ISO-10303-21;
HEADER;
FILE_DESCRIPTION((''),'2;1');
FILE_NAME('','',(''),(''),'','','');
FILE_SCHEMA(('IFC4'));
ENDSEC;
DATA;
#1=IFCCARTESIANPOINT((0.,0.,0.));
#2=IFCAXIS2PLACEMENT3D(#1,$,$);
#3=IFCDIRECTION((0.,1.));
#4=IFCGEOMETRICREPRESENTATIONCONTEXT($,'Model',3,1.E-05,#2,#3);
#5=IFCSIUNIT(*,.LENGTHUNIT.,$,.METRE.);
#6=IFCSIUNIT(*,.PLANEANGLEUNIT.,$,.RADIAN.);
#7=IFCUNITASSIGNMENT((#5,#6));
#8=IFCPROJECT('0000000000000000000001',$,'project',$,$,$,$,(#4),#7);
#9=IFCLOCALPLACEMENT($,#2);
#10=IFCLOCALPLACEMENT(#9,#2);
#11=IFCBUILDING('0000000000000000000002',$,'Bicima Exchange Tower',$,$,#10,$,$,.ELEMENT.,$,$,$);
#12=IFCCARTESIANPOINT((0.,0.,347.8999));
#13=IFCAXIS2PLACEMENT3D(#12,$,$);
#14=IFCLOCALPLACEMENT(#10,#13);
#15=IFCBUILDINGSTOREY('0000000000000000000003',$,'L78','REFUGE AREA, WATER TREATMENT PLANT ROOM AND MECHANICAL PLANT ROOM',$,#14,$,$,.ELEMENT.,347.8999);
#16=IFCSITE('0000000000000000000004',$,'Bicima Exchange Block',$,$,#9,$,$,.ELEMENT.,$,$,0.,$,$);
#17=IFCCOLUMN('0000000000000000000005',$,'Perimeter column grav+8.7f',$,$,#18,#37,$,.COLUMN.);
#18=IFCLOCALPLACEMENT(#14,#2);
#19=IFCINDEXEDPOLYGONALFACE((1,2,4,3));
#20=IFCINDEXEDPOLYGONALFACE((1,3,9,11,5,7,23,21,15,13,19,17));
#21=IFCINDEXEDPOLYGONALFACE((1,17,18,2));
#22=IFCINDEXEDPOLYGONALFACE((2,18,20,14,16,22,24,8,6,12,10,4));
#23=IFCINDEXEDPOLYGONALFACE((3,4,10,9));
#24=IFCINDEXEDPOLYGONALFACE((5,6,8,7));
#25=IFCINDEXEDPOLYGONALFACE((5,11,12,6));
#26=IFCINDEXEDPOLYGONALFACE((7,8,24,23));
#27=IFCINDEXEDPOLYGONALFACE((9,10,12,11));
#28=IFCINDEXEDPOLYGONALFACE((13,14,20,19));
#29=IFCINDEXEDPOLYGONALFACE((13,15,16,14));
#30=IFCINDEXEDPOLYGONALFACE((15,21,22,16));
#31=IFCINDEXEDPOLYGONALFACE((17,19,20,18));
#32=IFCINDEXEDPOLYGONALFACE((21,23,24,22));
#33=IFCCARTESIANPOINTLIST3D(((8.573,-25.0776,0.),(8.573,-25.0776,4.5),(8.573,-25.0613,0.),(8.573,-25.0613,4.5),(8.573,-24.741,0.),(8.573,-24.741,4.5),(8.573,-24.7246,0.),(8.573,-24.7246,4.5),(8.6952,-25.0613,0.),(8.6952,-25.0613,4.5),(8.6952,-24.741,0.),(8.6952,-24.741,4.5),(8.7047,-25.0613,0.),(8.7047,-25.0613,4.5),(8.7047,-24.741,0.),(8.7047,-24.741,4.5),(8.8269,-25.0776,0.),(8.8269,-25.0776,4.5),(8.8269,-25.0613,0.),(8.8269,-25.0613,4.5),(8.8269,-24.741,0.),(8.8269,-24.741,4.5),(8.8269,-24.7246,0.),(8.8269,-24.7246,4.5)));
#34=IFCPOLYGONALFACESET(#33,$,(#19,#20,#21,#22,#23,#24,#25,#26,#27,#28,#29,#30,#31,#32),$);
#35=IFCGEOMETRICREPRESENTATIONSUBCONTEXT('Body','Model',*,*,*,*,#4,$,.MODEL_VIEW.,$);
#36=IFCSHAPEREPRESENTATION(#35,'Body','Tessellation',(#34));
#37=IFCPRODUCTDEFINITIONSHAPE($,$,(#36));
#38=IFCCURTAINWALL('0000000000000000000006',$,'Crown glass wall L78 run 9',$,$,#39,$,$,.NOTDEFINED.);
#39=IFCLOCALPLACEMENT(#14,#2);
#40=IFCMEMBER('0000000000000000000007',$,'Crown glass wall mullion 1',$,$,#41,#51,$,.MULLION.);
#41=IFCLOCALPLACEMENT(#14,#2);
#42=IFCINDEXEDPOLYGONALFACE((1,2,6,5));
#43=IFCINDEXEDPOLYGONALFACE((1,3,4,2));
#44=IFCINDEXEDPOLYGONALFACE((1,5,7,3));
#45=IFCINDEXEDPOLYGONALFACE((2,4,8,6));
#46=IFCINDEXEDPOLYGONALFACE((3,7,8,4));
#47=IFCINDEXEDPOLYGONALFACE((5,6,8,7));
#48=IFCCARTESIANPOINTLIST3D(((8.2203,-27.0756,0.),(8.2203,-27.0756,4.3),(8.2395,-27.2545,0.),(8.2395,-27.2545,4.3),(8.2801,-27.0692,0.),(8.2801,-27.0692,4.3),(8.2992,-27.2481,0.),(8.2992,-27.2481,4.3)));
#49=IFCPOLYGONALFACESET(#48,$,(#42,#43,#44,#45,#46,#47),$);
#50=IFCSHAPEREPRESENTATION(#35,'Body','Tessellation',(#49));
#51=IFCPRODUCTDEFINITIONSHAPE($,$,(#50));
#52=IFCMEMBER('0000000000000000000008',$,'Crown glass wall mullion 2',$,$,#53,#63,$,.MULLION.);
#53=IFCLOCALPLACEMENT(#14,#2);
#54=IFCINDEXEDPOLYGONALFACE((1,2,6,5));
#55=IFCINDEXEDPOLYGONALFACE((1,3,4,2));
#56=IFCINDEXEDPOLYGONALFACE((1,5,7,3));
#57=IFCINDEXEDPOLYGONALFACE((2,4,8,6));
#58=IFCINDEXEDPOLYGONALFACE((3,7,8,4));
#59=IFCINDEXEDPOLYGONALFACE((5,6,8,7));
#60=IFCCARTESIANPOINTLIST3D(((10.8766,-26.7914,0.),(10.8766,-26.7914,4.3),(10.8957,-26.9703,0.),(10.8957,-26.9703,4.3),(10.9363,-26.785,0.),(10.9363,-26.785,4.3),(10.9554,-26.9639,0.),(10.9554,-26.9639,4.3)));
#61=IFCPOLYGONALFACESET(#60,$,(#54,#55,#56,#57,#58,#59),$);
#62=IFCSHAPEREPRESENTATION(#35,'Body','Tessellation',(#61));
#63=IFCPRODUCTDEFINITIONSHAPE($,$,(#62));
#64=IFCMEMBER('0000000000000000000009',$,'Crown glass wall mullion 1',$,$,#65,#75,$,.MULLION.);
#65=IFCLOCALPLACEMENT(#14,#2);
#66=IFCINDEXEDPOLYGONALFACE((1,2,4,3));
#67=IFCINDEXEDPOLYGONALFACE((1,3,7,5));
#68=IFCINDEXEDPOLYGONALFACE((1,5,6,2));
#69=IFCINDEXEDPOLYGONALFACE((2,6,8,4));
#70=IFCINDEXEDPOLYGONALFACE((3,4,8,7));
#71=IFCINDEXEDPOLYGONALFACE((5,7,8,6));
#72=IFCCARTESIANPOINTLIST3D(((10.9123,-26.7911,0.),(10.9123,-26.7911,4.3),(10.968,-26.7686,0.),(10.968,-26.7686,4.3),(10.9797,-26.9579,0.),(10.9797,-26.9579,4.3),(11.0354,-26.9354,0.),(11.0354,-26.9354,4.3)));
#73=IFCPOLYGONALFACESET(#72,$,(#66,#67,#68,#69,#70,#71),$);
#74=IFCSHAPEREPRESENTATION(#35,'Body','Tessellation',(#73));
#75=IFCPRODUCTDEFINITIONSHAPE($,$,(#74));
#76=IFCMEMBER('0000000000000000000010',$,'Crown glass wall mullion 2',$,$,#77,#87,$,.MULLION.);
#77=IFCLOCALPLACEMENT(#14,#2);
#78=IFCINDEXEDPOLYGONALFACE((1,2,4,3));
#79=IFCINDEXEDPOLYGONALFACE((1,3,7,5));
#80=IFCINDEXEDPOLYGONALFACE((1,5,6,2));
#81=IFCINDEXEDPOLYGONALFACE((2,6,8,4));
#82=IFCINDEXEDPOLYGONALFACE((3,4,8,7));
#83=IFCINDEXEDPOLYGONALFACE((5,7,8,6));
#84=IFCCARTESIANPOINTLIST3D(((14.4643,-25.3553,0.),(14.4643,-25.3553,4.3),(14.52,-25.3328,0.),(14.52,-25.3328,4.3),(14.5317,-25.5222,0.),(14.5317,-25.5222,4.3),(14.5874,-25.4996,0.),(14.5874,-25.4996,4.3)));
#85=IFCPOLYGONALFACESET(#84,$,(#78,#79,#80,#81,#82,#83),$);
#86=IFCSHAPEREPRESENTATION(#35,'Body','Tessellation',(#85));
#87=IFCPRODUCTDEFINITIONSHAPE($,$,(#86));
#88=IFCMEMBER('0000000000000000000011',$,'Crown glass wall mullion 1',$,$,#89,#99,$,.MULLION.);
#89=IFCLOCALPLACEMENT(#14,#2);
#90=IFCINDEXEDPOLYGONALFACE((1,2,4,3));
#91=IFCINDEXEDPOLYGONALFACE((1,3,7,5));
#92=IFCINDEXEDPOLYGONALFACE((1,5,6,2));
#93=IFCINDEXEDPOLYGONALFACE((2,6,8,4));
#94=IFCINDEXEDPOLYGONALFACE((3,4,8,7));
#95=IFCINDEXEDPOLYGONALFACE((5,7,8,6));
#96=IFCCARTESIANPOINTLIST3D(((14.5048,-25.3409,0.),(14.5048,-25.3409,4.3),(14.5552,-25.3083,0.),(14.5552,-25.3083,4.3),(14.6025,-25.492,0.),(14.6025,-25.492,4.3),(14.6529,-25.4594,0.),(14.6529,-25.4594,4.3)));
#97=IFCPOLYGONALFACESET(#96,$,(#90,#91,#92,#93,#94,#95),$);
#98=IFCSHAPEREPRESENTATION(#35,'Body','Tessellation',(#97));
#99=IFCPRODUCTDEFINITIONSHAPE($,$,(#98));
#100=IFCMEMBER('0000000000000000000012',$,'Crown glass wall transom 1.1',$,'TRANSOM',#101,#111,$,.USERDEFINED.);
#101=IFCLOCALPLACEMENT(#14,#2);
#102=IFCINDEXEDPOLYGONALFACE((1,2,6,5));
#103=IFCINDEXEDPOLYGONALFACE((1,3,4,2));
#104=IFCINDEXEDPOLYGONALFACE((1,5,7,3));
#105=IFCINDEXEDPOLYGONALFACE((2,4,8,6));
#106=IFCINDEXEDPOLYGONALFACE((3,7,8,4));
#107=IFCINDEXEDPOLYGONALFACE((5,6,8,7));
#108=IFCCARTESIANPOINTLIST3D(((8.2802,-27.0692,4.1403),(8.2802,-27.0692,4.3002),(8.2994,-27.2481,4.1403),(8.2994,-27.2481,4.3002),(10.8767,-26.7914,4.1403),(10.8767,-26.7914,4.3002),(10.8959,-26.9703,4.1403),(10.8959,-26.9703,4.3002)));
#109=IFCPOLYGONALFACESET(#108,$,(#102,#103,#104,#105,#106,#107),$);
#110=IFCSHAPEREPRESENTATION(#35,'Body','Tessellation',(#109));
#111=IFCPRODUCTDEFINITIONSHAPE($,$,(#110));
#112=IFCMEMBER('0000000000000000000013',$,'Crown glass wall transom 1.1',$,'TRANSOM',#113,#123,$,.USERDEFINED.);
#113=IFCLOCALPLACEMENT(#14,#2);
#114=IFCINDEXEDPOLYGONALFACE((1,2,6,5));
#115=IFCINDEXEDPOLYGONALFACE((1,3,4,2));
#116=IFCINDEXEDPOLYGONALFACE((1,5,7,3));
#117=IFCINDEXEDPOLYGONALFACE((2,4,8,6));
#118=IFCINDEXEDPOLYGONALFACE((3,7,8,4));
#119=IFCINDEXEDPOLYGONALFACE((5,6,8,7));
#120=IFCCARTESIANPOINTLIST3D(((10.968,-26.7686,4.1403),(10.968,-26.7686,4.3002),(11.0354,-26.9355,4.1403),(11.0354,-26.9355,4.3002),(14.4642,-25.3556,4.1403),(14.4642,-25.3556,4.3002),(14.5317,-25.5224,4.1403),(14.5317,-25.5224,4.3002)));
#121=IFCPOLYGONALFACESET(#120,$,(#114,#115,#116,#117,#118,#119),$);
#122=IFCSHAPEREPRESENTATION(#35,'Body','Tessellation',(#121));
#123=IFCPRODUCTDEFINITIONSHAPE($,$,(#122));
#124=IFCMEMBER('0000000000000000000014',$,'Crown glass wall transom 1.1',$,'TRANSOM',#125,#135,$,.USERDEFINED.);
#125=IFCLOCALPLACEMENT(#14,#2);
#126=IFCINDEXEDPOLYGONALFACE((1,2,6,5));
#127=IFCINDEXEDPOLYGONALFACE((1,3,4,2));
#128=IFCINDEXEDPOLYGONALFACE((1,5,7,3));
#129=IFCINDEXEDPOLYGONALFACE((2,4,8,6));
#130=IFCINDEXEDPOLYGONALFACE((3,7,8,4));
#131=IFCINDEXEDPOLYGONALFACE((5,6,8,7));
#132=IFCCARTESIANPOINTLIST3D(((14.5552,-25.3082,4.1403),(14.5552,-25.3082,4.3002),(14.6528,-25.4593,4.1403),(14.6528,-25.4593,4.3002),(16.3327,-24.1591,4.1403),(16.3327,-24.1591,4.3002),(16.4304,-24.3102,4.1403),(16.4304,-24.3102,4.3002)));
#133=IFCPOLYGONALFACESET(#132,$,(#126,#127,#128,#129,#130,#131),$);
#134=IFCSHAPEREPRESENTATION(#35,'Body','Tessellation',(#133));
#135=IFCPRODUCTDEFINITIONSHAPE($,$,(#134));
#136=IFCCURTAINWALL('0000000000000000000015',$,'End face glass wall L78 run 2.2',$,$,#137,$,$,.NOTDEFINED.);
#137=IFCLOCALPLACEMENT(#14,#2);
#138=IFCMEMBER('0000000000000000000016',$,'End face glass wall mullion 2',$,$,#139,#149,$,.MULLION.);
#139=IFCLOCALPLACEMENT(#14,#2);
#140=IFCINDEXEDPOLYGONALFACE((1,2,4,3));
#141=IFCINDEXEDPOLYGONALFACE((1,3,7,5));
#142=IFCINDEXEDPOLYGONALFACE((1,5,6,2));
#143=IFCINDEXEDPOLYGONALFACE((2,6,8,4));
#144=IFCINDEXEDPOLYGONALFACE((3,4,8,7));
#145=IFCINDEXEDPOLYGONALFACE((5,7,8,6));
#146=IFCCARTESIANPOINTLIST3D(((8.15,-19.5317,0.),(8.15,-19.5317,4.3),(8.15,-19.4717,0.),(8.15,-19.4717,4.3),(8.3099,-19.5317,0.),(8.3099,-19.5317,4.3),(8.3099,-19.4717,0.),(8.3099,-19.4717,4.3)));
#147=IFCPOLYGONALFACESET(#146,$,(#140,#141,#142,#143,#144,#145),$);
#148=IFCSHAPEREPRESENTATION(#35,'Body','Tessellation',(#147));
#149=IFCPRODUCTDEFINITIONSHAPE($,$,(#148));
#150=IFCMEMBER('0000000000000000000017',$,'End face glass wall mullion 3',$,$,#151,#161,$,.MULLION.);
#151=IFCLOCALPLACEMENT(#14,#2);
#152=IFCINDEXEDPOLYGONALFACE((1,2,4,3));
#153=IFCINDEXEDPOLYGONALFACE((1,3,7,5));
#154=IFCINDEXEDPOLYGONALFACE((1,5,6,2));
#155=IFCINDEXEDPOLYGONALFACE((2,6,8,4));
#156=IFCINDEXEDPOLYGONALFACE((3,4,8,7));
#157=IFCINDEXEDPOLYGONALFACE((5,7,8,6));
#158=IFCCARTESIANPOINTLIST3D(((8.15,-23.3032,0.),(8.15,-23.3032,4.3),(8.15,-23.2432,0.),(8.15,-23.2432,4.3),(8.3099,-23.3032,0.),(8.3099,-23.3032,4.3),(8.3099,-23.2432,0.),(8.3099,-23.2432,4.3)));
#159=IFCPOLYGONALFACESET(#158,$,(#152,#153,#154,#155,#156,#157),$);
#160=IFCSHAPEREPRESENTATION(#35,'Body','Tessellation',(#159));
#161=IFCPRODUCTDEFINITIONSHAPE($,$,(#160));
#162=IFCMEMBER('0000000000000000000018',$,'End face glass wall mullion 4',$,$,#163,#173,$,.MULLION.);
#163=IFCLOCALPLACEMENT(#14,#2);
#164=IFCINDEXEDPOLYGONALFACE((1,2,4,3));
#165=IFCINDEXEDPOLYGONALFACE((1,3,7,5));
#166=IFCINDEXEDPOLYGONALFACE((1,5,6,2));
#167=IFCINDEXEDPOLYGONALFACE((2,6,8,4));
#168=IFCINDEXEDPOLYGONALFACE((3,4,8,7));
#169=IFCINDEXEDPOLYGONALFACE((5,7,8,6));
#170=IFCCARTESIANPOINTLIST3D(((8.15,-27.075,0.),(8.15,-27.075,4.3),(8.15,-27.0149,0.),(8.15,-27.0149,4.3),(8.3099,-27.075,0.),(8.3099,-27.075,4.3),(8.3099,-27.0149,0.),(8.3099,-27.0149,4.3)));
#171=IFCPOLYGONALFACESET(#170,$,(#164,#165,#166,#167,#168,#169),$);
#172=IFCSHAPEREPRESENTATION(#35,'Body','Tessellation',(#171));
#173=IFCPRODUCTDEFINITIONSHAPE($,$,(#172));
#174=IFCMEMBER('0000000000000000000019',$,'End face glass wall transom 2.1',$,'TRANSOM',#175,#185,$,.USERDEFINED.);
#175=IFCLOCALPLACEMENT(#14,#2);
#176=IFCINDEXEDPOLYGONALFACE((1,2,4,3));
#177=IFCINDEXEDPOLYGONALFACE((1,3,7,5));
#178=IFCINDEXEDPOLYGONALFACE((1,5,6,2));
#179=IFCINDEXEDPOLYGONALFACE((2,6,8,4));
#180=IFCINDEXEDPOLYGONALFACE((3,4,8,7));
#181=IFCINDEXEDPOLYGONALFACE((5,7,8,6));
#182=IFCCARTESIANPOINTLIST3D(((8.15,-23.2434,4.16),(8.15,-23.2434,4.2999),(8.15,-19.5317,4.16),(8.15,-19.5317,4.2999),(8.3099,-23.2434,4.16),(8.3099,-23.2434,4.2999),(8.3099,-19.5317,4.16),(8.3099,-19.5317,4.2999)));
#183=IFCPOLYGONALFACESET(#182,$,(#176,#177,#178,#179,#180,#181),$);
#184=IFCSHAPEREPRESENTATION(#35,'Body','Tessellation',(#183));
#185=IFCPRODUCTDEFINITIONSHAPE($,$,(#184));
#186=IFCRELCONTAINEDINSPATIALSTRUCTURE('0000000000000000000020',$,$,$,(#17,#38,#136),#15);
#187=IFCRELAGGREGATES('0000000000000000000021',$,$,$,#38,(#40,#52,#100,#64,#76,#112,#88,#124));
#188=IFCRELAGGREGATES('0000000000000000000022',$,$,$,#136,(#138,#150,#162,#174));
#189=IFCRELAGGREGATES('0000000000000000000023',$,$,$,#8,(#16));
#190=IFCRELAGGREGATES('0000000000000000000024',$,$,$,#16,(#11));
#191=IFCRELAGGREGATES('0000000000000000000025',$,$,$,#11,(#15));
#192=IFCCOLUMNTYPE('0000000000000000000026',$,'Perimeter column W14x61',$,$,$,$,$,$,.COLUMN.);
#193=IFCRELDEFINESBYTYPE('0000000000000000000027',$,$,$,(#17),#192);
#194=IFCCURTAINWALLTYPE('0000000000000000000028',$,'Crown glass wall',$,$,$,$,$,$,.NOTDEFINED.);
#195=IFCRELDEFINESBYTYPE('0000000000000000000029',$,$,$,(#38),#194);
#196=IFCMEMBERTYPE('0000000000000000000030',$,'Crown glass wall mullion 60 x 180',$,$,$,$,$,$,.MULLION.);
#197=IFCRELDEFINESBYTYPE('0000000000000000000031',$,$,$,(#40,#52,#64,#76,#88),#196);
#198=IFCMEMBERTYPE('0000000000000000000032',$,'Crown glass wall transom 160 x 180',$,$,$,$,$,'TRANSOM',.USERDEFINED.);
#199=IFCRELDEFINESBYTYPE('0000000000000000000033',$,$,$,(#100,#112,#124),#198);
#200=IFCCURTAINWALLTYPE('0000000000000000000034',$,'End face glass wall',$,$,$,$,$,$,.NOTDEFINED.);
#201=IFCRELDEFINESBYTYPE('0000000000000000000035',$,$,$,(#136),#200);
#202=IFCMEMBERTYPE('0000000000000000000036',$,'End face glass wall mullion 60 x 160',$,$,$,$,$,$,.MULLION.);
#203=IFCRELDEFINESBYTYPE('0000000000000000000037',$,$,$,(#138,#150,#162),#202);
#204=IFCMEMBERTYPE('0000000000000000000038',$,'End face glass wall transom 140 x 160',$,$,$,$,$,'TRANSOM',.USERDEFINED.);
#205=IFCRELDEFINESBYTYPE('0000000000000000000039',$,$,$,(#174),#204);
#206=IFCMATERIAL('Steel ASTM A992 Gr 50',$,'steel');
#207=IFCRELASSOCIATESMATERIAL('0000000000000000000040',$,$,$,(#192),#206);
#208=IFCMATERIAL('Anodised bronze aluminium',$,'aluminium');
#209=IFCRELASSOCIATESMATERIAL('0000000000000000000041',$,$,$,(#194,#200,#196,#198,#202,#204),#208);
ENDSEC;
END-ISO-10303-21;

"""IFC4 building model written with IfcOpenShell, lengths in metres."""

from ifc_helpers import new_model, si_unit, direction, frame, origin, origin_2d, place, context, subcontext, project, spatial, rectangle, i_section, extrude, material, material_profile, profile_set, type_object, element, aggregate, save


model = new_model("IFC4")

# Units and contexts
model_context = context("Model", 3, precision=1e-05, world=origin(), true_north=direction((0.0, 1.0)))
body_context = subcontext(model_context, "Body", "Model", "MODEL_VIEW")
ifc_project = project(units=[si_unit("LENGTHUNIT", "METRE"), si_unit("PLANEANGLEUNIT", "RADIAN")], contexts=[model_context])

# Site, building, storey
site_placement = place(None, origin())
site = spatial("IfcSite", under=ifc_project, at=site_placement, Name="Bicima Exchange Block", CompositionType="ELEMENT", RefElevation=0.0)
building_placement = place(site_placement, origin())
building = spatial("IfcBuilding", under=site, at=building_placement, Name="Bicima Exchange Tower", CompositionType="ELEMENT")
storey_placement = place(building_placement, frame((0.0, 0.0, 347.8999)))
storey = spatial("IfcBuildingStorey", under=building, at=storey_placement, Name="L78", Description="REFUGE AREA, WATER TREATMENT PLANT ROOM AND MECHANICAL PLANT ROOM", CompositionType="ELEMENT", Elevation=347.8999)

# Column
ifc_material_1 = material(Name="Steel ASTM A992 Gr 50", Category="steel")
ifc_material_profile_1 = material_profile(ifc_material_1, i_section(OverallWidth=0.2539, OverallDepth=0.353, WebThickness=0.0095, FlangeThickness=0.0164, at=origin_2d()))
ifc_profile_set_1 = profile_set([ifc_material_profile_1], Name="Steel ASTM A992 Gr 50")
column_type = type_object("IfcColumnType", Name="Perimeter column W14x61", PredefinedType="COLUMN", material=ifc_profile_set_1)
column_placement = place(storey_placement, frame((8.7, -24.9011, 0.0), z_axis=(0.0, 0.0, 1.0), x_axis=(1.0, 0.0, 0.0)))
element("IfcColumn", 1, at=column_placement, inside=storey, type_object=column_type, Name="Perimeter column grav+8.7f", PredefinedType="COLUMN", context=body_context, shape_type="SweptSolid", body=[
    extrude(i_section(OverallWidth=0.2539, OverallDepth=0.353, WebThickness=0.0095, FlangeThickness=0.0164, at=origin_2d()), origin(), (0.0, 0.0, 1.0), 4.5),
])

# Curtain walls, members
ifc_material_2 = material(Name="Anodised bronze aluminium", Category="aluminium")
curtain_wall_type_1 = type_object("IfcCurtainWallType", Name="Crown glass wall", PredefinedType="NOTDEFINED", material=ifc_material_2)
curtain_wall_1_placement = place(storey_placement, origin())
curtain_wall_1 = element("IfcCurtainWall", 2, at=curtain_wall_1_placement, inside=storey, type_object=curtain_wall_type_1, Name="Crown glass wall L78 run 9", PredefinedType="NOTDEFINED")
ifc_material_profile_2 = material_profile(ifc_material_2, rectangle(XDim=0.1799, YDim=0.0601, at=origin_2d()))
ifc_profile_set_2 = profile_set([ifc_material_profile_2], Name="Anodised bronze aluminium")
member_type_1 = type_object("IfcMemberType", Name="Crown glass wall mullion 60 x 180", PredefinedType="MULLION", material=ifc_profile_set_2)
member_1_placement = place(storey_placement, frame((8.2598, -27.1619, 0.0), z_axis=(0.0, 0.0, 1.0), x_axis=(-0.106372, 0.994326, 0.0)))
member_1 = element("IfcMember", 3, at=member_1_placement, type_object=member_type_1, Name="Crown glass wall mullion 1", PredefinedType="MULLION", context=body_context, shape_type="SweptSolid", body=[
    extrude(rectangle(XDim=0.1799, YDim=0.0601, at=origin_2d()), origin(), (0.0, 0.0, 1.0), 4.3),
])
member_2_placement = place(storey_placement, frame((10.916, -26.8777, 0.0), z_axis=(0.0, 0.0, 1.0), x_axis=(-0.106372, 0.994326, 0.0)))
member_2 = element("IfcMember", 4, at=member_2_placement, type_object=member_type_1, Name="Crown glass wall mullion 2", PredefinedType="MULLION", context=body_context, shape_type="SweptSolid", body=[
    extrude(rectangle(XDim=0.1799, YDim=0.0601, at=origin_2d()), origin(), (0.0, 0.0, 1.0), 4.3),
])
member_3_placement = place(storey_placement, frame((10.9739, -26.8633, 0.0), z_axis=(0.0, 0.0, 1.0), x_axis=(-0.374705, 0.927144, 0.0)))
member_3 = element("IfcMember", 5, at=member_3_placement, type_object=member_type_1, Name="Crown glass wall mullion 1", PredefinedType="MULLION", context=body_context, shape_type="SweptSolid", body=[
    extrude(rectangle(XDim=0.1799, YDim=0.0601, at=origin_2d()), origin(), (0.0, 0.0, 1.0), 4.3),
])
member_4_placement = place(storey_placement, frame((14.5259, -25.4275, 0.0), z_axis=(0.0, 0.0, 1.0), x_axis=(-0.374705, 0.927144, 0.0)))
member_4 = element("IfcMember", 6, at=member_4_placement, type_object=member_type_1, Name="Crown glass wall mullion 2", PredefinedType="MULLION", context=body_context, shape_type="SweptSolid", body=[
    extrude(rectangle(XDim=0.1799, YDim=0.0601, at=origin_2d()), origin(), (0.0, 0.0, 1.0), 4.3),
])
member_5_placement = place(storey_placement, frame((14.5789, -25.4001, 0.0), z_axis=(0.0, 0.0, 1.0), x_axis=(-0.542911, 0.83979, 0.0)))
member_5 = element("IfcMember", 7, at=member_5_placement, type_object=member_type_1, Name="Crown glass wall mullion 1", PredefinedType="MULLION", context=body_context, shape_type="SweptSolid", body=[
    extrude(rectangle(XDim=0.1799, YDim=0.0601, at=origin_2d()), origin(), (0.0, 0.0, 1.0), 4.3),
])
ifc_material_profile_3 = material_profile(ifc_material_2, rectangle(XDim=0.1799, YDim=0.1599, at=origin_2d()))
ifc_profile_set_3 = profile_set([ifc_material_profile_3], Name="Anodised bronze aluminium")
member_type_2 = type_object("IfcMemberType", Name="Crown glass wall transom 160 x 180", ElementType="TRANSOM", PredefinedType="USERDEFINED", material=ifc_profile_set_3)
member_6_placement = place(storey_placement, frame((8.2898, -27.1587, 4.2202), z_axis=(0.994324, 0.106398, 0.0), x_axis=(-0.106398, 0.994324, 0.0)))
member_6 = element("IfcMember", 8, at=member_6_placement, type_object=member_type_2, Name="Crown glass wall transom 1.1", ObjectType="TRANSOM", PredefinedType="USERDEFINED", context=body_context, shape_type="SweptSolid", body=[
    extrude(rectangle(XDim=0.1799, YDim=0.1599, at=origin_2d()), origin(), (0.0, 0.0, 1.0), 2.6113),
])
member_7_placement = place(storey_placement, frame((11.0017, -26.8521, 4.2202), z_axis=(0.92714, 0.374715, 0.0), x_axis=(-0.374715, 0.92714, 0.0)))
member_7 = element("IfcMember", 9, at=member_7_placement, type_object=member_type_2, Name="Crown glass wall transom 1.1", ObjectType="TRANSOM", PredefinedType="USERDEFINED", context=body_context, shape_type="SweptSolid", body=[
    extrude(rectangle(XDim=0.1799, YDim=0.1599, at=origin_2d()), origin(), (0.0, 0.0, 1.0), 3.771),
])
member_8_placement = place(storey_placement, frame((14.604, -25.3838, 4.2202), z_axis=(0.839793, 0.542907, 0.0), x_axis=(-0.542907, 0.839793, 0.0)))
member_8 = element("IfcMember", 10, at=member_8_placement, type_object=member_type_2, Name="Crown glass wall transom 1.1", ObjectType="TRANSOM", PredefinedType="USERDEFINED", context=body_context, shape_type="SweptSolid", body=[
    extrude(rectangle(XDim=0.1799, YDim=0.1599, at=origin_2d()), origin(), (0.0, 0.0, 1.0), 2.1167),
])
curtain_wall_type_2 = type_object("IfcCurtainWallType", Name="End face glass wall", PredefinedType="NOTDEFINED", material=ifc_material_2)
curtain_wall_2_placement = place(storey_placement, origin())
curtain_wall_2 = element("IfcCurtainWall", 11, at=curtain_wall_2_placement, inside=storey, type_object=curtain_wall_type_2, Name="End face glass wall L78 run 2.2", PredefinedType="NOTDEFINED")
ifc_material_profile_4 = material_profile(ifc_material_2, rectangle(XDim=0.1599, YDim=0.0601, at=origin_2d()))
ifc_profile_set_4 = profile_set([ifc_material_profile_4], Name="Anodised bronze aluminium")
member_type_3 = type_object("IfcMemberType", Name="End face glass wall mullion 60 x 160", PredefinedType="MULLION", material=ifc_profile_set_4)
member_9_placement = place(storey_placement, frame((8.23, -19.5017, 0.0), z_axis=(0.0, 0.0, 1.0), x_axis=(1.0, 0.0, 0.0)))
member_9 = element("IfcMember", 12, at=member_9_placement, type_object=member_type_3, Name="End face glass wall mullion 2", PredefinedType="MULLION", context=body_context, shape_type="SweptSolid", body=[
    extrude(rectangle(XDim=0.1599, YDim=0.0601, at=origin_2d()), origin(), (0.0, 0.0, 1.0), 4.3),
])
member_10_placement = place(storey_placement, frame((8.23, -23.2732, 0.0), z_axis=(0.0, 0.0, 1.0), x_axis=(1.0, 0.0, 0.0)))
member_10 = element("IfcMember", 13, at=member_10_placement, type_object=member_type_3, Name="End face glass wall mullion 3", PredefinedType="MULLION", context=body_context, shape_type="SweptSolid", body=[
    extrude(rectangle(XDim=0.1599, YDim=0.0601, at=origin_2d()), origin(), (0.0, 0.0, 1.0), 4.3),
])
member_11_placement = place(storey_placement, frame((8.23, -27.0449, 0.0), z_axis=(0.0, 0.0, 1.0), x_axis=(1.0, 0.0, 0.0)))
member_11 = element("IfcMember", 14, at=member_11_placement, type_object=member_type_3, Name="End face glass wall mullion 4", PredefinedType="MULLION", context=body_context, shape_type="SweptSolid", body=[
    extrude(rectangle(XDim=0.1599, YDim=0.0601, at=origin_2d()), origin(), (0.0, 0.0, 1.0), 4.3),
])
ifc_material_profile_5 = material_profile(ifc_material_2, rectangle(XDim=0.1599, YDim=0.1399, at=origin_2d()))
ifc_profile_set_5 = profile_set([ifc_material_profile_5], Name="Anodised bronze aluminium")
member_type_4 = type_object("IfcMemberType", Name="End face glass wall transom 140 x 160", ElementType="TRANSOM", PredefinedType="USERDEFINED", material=ifc_profile_set_5)
member_12_placement = place(storey_placement, frame((8.23, -19.5317, 4.23), z_axis=(0.0, -1.0, 0.0), x_axis=(1.0, 0.0, 0.0)))
member_12 = element("IfcMember", 15, at=member_12_placement, type_object=member_type_4, Name="End face glass wall transom 2.1", ObjectType="TRANSOM", PredefinedType="USERDEFINED", context=body_context, shape_type="SweptSolid", body=[
    extrude(rectangle(XDim=0.1599, YDim=0.1399, at=origin_2d()), origin(), (0.0, 0.0, 1.0), 3.7117),
])

aggregate(curtain_wall_1, [member_1, member_2, member_6, member_3, member_4, member_7, member_5, member_8])
aggregate(curtain_wall_2, [member_9, member_10, member_11, member_12])

save(model, "model.ifc")
